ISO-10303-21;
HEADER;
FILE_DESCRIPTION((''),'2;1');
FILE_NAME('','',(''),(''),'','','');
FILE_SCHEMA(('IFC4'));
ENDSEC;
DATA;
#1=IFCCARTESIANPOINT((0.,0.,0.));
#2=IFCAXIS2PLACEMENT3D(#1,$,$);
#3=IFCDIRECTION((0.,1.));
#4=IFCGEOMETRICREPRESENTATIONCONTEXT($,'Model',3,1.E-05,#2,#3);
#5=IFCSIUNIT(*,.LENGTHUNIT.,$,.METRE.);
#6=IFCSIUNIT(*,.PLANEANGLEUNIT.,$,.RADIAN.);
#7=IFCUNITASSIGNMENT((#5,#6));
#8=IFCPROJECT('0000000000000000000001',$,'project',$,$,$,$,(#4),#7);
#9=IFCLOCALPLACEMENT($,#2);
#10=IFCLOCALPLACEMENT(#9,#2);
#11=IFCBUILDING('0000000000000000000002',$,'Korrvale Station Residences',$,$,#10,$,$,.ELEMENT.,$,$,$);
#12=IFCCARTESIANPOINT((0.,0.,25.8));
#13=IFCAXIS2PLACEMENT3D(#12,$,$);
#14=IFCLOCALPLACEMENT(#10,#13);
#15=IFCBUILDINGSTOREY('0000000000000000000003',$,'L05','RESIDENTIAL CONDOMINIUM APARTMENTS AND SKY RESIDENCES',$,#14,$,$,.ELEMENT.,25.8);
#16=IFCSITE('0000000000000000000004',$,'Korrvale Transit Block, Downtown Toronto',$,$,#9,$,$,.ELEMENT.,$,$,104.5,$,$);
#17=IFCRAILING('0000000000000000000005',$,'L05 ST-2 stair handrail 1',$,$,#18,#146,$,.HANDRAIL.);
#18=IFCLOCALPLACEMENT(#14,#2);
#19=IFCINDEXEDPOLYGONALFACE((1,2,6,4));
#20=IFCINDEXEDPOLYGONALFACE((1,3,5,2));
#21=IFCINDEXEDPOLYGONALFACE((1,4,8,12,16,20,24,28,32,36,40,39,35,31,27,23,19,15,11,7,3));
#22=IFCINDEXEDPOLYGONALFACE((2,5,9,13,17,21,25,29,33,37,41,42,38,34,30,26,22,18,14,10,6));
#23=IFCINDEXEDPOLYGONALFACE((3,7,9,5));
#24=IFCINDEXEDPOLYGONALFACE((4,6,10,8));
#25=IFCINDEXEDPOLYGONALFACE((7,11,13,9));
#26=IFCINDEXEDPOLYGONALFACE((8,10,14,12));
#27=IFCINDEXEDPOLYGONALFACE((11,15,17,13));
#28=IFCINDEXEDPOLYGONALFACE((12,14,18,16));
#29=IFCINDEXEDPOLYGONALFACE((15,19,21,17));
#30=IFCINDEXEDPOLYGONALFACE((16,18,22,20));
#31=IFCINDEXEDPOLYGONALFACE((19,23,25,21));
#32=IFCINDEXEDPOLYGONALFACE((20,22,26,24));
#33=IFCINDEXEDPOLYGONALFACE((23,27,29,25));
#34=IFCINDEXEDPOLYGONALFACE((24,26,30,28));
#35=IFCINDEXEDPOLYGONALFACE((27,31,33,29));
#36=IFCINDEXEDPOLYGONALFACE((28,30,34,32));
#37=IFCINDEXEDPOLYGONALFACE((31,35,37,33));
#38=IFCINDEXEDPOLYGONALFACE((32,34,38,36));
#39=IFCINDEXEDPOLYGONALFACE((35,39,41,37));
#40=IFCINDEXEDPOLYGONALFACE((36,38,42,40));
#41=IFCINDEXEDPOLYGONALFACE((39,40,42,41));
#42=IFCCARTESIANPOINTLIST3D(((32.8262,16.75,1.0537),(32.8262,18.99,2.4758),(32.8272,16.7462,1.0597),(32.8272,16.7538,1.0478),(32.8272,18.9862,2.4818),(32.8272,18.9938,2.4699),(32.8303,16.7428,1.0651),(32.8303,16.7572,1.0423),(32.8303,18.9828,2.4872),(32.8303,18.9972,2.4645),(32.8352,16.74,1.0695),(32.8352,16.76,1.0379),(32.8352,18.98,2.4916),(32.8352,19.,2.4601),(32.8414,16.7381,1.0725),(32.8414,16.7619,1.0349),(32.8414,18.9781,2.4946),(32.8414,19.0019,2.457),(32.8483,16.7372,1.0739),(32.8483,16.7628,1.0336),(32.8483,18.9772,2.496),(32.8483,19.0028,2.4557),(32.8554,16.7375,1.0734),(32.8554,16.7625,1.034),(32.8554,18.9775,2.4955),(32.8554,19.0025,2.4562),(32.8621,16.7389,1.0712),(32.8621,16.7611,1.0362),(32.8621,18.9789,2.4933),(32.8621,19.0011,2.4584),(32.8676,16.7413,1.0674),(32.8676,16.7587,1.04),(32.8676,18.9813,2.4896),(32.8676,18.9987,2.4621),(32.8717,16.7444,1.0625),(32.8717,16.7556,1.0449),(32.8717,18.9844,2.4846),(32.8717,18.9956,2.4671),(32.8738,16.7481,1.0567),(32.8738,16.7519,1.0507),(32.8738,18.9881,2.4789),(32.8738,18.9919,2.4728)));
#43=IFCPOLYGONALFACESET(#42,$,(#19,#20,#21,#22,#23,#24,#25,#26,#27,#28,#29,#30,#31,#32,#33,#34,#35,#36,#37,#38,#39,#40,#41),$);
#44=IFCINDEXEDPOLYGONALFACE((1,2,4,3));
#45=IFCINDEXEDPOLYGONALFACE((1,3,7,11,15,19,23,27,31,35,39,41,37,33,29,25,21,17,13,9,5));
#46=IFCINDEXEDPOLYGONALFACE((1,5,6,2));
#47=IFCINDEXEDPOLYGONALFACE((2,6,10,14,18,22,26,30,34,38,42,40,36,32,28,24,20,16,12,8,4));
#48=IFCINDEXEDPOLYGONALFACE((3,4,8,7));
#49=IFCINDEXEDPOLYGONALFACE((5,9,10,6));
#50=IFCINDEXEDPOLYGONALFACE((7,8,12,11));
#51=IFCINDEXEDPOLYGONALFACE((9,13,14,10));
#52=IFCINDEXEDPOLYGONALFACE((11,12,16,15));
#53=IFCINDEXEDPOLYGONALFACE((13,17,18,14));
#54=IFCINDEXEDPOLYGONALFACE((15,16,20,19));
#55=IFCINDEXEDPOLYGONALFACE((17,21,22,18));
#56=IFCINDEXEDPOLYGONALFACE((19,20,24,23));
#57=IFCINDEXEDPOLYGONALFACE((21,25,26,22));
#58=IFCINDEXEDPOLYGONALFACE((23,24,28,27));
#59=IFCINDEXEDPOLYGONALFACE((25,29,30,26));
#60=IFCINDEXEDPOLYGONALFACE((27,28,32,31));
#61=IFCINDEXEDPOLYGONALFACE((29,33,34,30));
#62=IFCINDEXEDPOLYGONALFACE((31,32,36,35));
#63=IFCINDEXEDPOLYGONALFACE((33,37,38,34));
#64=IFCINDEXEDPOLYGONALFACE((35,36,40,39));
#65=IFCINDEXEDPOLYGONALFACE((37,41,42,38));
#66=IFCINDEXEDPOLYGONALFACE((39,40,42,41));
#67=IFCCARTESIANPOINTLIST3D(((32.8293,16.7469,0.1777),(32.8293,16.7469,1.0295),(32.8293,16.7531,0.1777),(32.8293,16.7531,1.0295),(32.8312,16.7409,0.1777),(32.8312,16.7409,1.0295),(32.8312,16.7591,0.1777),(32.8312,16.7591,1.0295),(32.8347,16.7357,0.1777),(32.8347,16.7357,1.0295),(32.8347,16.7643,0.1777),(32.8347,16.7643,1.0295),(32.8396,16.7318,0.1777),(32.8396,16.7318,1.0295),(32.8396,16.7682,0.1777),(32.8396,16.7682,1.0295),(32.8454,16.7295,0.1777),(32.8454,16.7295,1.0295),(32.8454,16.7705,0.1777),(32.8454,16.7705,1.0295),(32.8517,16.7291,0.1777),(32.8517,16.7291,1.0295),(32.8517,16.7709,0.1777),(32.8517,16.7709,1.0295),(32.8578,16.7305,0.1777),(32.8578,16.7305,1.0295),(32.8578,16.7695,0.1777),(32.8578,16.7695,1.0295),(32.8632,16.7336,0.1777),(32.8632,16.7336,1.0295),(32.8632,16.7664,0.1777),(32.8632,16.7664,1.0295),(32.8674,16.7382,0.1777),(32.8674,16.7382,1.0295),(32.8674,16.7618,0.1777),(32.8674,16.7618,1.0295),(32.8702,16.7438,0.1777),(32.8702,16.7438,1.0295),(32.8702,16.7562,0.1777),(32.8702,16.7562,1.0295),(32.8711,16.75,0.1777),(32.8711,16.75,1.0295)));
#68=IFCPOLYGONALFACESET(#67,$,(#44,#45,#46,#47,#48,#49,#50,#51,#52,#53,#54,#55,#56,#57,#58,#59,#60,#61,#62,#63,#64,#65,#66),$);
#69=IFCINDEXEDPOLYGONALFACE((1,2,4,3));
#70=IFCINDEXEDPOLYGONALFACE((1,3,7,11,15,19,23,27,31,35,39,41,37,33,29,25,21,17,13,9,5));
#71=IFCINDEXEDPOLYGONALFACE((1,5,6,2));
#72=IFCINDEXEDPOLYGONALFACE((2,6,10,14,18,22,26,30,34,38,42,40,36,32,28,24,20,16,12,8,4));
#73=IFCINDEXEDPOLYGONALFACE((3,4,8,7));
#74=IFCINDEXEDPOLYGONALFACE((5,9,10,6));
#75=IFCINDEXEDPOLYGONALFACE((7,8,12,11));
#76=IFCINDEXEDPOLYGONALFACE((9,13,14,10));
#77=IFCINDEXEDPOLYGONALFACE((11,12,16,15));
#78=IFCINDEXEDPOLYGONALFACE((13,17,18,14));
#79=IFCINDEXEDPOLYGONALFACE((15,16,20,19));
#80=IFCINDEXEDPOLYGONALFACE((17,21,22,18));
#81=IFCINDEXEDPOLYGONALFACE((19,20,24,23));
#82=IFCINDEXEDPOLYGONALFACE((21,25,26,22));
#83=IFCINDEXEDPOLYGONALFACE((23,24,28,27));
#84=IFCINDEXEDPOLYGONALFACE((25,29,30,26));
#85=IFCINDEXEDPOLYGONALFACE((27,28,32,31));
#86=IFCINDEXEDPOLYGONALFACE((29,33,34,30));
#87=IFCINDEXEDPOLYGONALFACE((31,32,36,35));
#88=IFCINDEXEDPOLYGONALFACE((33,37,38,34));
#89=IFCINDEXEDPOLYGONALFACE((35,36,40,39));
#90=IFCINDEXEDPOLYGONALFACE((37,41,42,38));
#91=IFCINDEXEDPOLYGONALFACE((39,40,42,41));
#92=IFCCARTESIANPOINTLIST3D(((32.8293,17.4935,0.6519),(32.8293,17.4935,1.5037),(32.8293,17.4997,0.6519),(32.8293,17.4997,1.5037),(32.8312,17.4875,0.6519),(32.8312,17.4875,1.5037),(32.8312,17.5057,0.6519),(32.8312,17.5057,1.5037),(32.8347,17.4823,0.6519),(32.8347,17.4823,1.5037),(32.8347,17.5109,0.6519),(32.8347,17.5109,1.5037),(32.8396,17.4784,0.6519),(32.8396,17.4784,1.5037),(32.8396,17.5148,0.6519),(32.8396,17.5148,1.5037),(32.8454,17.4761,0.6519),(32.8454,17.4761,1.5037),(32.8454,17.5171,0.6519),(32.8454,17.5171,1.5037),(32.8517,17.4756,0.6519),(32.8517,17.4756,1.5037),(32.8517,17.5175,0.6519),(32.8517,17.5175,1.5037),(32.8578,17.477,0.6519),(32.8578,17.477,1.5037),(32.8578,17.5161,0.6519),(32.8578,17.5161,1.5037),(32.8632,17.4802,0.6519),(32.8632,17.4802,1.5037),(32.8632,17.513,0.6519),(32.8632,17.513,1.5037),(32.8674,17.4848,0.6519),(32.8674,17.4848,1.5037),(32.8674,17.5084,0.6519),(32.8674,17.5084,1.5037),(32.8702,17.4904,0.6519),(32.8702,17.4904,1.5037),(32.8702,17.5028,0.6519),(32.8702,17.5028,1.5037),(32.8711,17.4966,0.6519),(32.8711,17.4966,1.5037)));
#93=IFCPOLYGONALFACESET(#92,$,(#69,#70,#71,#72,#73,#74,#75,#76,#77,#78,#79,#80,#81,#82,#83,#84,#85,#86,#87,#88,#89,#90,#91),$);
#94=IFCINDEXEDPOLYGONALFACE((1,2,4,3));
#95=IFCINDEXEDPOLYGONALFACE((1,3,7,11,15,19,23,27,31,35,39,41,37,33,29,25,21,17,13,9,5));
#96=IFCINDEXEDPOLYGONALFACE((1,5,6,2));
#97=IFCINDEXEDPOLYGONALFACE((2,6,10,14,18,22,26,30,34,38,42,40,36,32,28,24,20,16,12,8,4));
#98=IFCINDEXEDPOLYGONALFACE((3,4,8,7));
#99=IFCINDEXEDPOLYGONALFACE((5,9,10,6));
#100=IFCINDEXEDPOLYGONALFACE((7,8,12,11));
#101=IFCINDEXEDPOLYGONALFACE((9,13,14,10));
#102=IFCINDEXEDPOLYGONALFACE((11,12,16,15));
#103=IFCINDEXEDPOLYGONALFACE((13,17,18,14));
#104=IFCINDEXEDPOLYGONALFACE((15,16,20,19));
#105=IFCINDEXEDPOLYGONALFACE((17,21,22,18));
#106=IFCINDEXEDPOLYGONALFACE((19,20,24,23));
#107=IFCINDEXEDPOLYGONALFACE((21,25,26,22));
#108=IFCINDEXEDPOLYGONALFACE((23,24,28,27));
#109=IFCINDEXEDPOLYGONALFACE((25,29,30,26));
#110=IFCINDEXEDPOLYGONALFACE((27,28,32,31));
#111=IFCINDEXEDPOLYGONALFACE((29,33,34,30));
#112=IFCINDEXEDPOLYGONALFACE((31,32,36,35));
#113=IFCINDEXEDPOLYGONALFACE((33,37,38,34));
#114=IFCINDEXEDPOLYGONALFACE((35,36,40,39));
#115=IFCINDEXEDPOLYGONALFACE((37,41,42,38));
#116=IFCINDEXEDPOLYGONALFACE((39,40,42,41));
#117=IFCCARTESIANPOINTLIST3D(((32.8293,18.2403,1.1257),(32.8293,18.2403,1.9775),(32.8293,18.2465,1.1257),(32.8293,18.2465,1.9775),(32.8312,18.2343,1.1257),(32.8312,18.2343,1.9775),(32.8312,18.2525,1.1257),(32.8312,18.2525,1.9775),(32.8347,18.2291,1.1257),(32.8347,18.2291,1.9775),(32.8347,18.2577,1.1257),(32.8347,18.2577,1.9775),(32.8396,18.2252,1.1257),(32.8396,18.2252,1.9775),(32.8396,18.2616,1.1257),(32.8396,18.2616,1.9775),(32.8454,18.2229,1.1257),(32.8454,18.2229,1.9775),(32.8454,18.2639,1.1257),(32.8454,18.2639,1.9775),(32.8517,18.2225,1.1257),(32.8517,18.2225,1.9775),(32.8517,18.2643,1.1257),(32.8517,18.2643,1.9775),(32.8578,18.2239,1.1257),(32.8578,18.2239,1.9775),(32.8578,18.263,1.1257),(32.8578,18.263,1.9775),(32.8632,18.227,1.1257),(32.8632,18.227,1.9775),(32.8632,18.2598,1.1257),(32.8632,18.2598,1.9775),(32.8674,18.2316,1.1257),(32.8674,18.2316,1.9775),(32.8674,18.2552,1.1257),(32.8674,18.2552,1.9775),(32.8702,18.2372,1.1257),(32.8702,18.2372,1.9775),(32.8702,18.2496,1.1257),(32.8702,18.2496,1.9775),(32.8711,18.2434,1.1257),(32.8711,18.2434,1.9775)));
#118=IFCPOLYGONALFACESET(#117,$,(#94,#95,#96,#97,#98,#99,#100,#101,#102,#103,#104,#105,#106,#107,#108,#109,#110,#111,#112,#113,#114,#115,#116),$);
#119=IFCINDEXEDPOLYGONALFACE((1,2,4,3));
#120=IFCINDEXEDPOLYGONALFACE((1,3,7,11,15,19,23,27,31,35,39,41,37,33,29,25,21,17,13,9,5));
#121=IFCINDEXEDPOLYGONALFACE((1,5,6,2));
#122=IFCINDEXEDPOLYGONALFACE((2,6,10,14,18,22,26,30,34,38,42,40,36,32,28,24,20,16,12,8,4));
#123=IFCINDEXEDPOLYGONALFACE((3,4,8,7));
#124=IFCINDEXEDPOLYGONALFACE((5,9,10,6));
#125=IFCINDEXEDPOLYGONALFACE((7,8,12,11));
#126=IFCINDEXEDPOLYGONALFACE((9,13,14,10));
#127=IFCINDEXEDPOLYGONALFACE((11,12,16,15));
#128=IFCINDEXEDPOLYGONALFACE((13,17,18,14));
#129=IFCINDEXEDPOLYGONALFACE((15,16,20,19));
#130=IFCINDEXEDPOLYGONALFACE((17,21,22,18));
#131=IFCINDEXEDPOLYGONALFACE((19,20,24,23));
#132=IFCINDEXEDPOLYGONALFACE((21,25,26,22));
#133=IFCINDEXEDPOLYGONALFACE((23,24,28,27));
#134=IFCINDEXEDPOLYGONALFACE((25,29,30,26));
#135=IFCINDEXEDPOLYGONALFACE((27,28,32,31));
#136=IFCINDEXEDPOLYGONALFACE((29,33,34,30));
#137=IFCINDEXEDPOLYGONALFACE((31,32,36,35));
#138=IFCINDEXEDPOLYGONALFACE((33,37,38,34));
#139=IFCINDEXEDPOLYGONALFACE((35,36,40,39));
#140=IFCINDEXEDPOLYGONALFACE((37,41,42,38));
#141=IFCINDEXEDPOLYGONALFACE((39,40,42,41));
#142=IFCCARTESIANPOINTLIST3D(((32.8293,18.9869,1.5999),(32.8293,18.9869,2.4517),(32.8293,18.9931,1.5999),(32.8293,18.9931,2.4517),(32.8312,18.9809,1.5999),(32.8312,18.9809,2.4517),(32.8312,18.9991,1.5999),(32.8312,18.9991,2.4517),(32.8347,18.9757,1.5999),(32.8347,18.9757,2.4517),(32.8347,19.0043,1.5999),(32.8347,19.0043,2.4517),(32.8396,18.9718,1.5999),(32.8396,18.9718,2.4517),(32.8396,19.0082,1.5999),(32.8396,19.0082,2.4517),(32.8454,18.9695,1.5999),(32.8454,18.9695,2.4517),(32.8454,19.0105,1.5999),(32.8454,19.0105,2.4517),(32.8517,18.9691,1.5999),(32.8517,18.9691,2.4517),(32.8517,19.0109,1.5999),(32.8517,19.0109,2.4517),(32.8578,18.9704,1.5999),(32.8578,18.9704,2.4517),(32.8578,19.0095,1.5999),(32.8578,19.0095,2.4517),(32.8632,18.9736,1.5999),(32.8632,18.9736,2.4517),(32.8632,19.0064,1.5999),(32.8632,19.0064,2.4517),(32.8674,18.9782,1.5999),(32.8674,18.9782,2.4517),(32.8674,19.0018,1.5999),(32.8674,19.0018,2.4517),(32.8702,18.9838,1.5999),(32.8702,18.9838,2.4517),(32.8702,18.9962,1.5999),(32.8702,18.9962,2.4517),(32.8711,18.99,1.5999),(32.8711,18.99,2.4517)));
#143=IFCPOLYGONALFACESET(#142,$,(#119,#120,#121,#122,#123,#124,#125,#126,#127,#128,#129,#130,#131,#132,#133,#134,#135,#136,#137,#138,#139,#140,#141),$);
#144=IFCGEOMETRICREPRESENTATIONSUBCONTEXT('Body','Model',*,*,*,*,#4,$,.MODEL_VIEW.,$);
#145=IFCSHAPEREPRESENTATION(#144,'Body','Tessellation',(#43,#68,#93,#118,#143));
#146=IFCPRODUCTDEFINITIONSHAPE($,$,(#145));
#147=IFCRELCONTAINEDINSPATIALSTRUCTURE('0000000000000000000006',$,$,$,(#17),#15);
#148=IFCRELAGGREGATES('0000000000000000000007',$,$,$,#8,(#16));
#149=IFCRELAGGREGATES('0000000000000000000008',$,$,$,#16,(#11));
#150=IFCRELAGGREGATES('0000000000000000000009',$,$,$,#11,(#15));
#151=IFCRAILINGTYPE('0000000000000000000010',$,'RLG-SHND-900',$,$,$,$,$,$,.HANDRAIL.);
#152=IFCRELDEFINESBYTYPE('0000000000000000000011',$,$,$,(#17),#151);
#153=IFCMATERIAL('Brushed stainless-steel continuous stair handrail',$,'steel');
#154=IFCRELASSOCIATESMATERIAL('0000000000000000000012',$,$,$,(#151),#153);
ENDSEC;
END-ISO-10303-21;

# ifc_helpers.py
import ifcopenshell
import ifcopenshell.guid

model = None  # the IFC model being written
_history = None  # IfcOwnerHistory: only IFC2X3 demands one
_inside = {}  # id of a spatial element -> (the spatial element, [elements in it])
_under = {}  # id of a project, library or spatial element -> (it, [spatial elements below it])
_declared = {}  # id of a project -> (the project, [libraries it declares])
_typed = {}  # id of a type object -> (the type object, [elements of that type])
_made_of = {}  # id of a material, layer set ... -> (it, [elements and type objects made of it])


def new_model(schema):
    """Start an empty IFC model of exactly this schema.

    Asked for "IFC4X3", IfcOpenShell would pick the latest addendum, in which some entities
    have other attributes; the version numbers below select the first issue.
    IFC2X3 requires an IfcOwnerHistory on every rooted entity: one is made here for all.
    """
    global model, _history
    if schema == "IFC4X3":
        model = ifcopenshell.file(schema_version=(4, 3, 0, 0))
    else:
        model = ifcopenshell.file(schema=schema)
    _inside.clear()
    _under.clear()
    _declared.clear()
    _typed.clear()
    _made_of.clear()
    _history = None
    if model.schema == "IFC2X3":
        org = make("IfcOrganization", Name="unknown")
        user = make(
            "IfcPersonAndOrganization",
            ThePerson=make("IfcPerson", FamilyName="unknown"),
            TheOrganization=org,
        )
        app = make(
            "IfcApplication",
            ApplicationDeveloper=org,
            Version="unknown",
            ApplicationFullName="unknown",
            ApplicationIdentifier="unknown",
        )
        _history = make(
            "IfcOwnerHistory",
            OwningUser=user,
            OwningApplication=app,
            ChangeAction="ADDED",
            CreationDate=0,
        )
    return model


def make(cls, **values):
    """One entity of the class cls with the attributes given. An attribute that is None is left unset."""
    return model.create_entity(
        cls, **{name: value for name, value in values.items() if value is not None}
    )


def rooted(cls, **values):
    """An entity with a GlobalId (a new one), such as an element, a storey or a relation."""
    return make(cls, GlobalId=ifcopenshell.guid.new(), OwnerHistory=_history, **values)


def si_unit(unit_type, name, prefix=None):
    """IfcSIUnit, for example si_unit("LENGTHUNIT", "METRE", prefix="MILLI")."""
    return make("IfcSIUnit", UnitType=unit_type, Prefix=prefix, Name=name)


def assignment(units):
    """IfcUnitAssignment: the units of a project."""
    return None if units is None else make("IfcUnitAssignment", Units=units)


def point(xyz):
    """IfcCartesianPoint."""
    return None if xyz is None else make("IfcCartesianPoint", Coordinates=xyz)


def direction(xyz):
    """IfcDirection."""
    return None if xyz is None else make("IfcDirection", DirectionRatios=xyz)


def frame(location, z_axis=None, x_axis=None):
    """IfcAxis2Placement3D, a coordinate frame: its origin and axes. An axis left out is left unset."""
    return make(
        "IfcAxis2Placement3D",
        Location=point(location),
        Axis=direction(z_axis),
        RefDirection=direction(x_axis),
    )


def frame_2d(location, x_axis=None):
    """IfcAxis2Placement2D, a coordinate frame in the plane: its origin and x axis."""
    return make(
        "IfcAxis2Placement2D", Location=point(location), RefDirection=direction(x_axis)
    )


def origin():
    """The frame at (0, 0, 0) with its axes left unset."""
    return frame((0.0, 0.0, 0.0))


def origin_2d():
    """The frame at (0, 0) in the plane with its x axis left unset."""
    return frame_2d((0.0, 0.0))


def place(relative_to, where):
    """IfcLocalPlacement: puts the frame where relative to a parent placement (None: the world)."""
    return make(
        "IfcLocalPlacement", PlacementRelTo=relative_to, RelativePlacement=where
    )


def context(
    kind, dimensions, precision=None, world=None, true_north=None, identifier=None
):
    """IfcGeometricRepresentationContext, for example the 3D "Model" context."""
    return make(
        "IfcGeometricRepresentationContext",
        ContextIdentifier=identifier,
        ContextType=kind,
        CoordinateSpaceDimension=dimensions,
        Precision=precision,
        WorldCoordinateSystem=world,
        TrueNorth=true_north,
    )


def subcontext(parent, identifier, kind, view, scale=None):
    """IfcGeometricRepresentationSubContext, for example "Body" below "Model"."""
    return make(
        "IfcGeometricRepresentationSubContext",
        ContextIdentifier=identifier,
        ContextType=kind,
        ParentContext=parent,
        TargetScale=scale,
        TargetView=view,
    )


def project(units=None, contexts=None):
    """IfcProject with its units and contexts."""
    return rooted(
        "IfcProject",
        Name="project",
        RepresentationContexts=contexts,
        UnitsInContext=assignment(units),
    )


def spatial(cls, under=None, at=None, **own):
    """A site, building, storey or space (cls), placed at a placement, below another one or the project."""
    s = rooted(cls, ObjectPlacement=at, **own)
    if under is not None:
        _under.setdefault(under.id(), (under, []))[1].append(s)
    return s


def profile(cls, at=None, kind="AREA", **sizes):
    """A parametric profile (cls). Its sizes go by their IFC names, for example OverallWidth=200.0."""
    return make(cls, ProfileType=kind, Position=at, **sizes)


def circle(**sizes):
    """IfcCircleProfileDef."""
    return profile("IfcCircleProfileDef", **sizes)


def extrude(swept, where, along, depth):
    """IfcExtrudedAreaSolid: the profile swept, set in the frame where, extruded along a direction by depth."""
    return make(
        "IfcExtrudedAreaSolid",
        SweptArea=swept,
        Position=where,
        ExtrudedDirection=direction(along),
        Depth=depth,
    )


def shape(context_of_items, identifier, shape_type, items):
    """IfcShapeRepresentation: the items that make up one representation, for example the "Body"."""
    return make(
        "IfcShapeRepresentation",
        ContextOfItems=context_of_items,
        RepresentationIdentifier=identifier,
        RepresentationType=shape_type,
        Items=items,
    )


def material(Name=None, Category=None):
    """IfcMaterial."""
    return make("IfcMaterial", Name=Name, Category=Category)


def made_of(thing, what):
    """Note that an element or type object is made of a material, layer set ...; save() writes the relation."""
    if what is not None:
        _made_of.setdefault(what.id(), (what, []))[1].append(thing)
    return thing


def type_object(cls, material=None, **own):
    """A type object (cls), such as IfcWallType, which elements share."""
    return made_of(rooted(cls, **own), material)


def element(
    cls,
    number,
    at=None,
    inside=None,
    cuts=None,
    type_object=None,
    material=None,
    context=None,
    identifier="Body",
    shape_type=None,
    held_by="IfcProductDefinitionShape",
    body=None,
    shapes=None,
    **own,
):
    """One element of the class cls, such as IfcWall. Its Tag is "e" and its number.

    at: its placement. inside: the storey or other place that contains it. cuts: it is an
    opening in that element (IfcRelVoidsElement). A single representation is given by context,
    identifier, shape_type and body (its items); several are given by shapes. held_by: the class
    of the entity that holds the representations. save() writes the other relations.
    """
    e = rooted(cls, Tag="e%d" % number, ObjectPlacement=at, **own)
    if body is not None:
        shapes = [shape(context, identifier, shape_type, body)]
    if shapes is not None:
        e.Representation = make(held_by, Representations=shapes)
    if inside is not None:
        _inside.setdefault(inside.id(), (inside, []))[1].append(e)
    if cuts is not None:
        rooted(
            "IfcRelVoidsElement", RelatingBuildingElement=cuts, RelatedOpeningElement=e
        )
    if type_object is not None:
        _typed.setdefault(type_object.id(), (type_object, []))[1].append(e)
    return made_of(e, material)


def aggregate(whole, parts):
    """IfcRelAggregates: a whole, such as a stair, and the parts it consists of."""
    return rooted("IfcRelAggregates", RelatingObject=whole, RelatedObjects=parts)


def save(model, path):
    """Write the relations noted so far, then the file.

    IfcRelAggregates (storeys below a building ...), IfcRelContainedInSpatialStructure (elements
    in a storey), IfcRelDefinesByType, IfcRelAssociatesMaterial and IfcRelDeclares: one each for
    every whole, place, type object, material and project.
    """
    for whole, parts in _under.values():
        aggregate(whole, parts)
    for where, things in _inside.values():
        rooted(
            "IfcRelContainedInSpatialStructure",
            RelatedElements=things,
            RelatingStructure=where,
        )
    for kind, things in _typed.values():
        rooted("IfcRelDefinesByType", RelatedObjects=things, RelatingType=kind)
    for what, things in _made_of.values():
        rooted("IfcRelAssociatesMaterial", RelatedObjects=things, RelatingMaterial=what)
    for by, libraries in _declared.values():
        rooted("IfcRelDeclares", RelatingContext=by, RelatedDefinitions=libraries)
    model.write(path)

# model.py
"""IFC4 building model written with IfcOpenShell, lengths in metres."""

from ifc_helpers import new_model, si_unit, direction, frame, origin, origin_2d, place, context, subcontext, project, spatial, circle, extrude, material, type_object, element, save


model = new_model("IFC4")

# Units and contexts
model_context = context("Model", 3, precision=1e-05, world=origin(), true_north=direction((0.0, 1.0)))
body_context = subcontext(model_context, "Body", "Model", "MODEL_VIEW")
ifc_project = project(units=[si_unit("LENGTHUNIT", "METRE"), si_unit("PLANEANGLEUNIT", "RADIAN")], contexts=[model_context])

# Site, building, storey
site_placement = place(None, origin())
site = spatial("IfcSite", under=ifc_project, at=site_placement, Name="Korrvale Transit Block, Downtown Toronto", CompositionType="ELEMENT", RefElevation=104.5)
building_placement = place(site_placement, origin())
building = spatial("IfcBuilding", under=site, at=building_placement, Name="Korrvale Station Residences", CompositionType="ELEMENT")
storey_placement = place(building_placement, frame((0.0, 0.0, 25.8)))
storey = spatial("IfcBuildingStorey", under=building, at=storey_placement, Name="L05", Description="RESIDENTIAL CONDOMINIUM APARTMENTS AND SKY RESIDENCES", CompositionType="ELEMENT", Elevation=25.8)

# Railing
ifc_material_1 = material(Name="Brushed stainless-steel continuous stair handrail", Category="steel")
railing_type_1 = type_object("IfcRailingType", Name="RLG-SHND-900", PredefinedType="HANDRAIL", material=ifc_material_1)
railing_1_placement = place(storey_placement, frame((32.8501, 16.75, 0.1777)))
element("IfcRailing", 1, at=railing_1_placement, inside=storey, type_object=railing_type_1, Name="L05 ST-2 stair handrail 1", PredefinedType="HANDRAIL", context=body_context, shape_type="SweptSolid", body=[
    extrude(circle(Radius=0.0239, at=origin_2d()), frame((0.0, 0.0, 0.876), z_axis=(0.0, 0.844229, 0.535982), x_axis=(-1.0, 0.0, 0.0)), (0.0, 0.0, 1.0), 2.6533),
    extrude(circle(Radius=0.021, at=origin_2d()), origin(), (0.0, 0.0, 1.0), 0.8518),
    extrude(circle(Radius=0.021, at=origin_2d()), frame((0.0, 0.7466, 0.4741)), (0.0, 0.0, 1.0), 0.8518),
    extrude(circle(Radius=0.021, at=origin_2d()), frame((0.0, 1.4934, 0.948)), (0.0, 0.0, 1.0), 0.8518),
    extrude(circle(Radius=0.021, at=origin_2d()), frame((0.0, 2.24, 1.4221)), (0.0, 0.0, 1.0), 0.8518),
])

save(model, "model.ifc")
